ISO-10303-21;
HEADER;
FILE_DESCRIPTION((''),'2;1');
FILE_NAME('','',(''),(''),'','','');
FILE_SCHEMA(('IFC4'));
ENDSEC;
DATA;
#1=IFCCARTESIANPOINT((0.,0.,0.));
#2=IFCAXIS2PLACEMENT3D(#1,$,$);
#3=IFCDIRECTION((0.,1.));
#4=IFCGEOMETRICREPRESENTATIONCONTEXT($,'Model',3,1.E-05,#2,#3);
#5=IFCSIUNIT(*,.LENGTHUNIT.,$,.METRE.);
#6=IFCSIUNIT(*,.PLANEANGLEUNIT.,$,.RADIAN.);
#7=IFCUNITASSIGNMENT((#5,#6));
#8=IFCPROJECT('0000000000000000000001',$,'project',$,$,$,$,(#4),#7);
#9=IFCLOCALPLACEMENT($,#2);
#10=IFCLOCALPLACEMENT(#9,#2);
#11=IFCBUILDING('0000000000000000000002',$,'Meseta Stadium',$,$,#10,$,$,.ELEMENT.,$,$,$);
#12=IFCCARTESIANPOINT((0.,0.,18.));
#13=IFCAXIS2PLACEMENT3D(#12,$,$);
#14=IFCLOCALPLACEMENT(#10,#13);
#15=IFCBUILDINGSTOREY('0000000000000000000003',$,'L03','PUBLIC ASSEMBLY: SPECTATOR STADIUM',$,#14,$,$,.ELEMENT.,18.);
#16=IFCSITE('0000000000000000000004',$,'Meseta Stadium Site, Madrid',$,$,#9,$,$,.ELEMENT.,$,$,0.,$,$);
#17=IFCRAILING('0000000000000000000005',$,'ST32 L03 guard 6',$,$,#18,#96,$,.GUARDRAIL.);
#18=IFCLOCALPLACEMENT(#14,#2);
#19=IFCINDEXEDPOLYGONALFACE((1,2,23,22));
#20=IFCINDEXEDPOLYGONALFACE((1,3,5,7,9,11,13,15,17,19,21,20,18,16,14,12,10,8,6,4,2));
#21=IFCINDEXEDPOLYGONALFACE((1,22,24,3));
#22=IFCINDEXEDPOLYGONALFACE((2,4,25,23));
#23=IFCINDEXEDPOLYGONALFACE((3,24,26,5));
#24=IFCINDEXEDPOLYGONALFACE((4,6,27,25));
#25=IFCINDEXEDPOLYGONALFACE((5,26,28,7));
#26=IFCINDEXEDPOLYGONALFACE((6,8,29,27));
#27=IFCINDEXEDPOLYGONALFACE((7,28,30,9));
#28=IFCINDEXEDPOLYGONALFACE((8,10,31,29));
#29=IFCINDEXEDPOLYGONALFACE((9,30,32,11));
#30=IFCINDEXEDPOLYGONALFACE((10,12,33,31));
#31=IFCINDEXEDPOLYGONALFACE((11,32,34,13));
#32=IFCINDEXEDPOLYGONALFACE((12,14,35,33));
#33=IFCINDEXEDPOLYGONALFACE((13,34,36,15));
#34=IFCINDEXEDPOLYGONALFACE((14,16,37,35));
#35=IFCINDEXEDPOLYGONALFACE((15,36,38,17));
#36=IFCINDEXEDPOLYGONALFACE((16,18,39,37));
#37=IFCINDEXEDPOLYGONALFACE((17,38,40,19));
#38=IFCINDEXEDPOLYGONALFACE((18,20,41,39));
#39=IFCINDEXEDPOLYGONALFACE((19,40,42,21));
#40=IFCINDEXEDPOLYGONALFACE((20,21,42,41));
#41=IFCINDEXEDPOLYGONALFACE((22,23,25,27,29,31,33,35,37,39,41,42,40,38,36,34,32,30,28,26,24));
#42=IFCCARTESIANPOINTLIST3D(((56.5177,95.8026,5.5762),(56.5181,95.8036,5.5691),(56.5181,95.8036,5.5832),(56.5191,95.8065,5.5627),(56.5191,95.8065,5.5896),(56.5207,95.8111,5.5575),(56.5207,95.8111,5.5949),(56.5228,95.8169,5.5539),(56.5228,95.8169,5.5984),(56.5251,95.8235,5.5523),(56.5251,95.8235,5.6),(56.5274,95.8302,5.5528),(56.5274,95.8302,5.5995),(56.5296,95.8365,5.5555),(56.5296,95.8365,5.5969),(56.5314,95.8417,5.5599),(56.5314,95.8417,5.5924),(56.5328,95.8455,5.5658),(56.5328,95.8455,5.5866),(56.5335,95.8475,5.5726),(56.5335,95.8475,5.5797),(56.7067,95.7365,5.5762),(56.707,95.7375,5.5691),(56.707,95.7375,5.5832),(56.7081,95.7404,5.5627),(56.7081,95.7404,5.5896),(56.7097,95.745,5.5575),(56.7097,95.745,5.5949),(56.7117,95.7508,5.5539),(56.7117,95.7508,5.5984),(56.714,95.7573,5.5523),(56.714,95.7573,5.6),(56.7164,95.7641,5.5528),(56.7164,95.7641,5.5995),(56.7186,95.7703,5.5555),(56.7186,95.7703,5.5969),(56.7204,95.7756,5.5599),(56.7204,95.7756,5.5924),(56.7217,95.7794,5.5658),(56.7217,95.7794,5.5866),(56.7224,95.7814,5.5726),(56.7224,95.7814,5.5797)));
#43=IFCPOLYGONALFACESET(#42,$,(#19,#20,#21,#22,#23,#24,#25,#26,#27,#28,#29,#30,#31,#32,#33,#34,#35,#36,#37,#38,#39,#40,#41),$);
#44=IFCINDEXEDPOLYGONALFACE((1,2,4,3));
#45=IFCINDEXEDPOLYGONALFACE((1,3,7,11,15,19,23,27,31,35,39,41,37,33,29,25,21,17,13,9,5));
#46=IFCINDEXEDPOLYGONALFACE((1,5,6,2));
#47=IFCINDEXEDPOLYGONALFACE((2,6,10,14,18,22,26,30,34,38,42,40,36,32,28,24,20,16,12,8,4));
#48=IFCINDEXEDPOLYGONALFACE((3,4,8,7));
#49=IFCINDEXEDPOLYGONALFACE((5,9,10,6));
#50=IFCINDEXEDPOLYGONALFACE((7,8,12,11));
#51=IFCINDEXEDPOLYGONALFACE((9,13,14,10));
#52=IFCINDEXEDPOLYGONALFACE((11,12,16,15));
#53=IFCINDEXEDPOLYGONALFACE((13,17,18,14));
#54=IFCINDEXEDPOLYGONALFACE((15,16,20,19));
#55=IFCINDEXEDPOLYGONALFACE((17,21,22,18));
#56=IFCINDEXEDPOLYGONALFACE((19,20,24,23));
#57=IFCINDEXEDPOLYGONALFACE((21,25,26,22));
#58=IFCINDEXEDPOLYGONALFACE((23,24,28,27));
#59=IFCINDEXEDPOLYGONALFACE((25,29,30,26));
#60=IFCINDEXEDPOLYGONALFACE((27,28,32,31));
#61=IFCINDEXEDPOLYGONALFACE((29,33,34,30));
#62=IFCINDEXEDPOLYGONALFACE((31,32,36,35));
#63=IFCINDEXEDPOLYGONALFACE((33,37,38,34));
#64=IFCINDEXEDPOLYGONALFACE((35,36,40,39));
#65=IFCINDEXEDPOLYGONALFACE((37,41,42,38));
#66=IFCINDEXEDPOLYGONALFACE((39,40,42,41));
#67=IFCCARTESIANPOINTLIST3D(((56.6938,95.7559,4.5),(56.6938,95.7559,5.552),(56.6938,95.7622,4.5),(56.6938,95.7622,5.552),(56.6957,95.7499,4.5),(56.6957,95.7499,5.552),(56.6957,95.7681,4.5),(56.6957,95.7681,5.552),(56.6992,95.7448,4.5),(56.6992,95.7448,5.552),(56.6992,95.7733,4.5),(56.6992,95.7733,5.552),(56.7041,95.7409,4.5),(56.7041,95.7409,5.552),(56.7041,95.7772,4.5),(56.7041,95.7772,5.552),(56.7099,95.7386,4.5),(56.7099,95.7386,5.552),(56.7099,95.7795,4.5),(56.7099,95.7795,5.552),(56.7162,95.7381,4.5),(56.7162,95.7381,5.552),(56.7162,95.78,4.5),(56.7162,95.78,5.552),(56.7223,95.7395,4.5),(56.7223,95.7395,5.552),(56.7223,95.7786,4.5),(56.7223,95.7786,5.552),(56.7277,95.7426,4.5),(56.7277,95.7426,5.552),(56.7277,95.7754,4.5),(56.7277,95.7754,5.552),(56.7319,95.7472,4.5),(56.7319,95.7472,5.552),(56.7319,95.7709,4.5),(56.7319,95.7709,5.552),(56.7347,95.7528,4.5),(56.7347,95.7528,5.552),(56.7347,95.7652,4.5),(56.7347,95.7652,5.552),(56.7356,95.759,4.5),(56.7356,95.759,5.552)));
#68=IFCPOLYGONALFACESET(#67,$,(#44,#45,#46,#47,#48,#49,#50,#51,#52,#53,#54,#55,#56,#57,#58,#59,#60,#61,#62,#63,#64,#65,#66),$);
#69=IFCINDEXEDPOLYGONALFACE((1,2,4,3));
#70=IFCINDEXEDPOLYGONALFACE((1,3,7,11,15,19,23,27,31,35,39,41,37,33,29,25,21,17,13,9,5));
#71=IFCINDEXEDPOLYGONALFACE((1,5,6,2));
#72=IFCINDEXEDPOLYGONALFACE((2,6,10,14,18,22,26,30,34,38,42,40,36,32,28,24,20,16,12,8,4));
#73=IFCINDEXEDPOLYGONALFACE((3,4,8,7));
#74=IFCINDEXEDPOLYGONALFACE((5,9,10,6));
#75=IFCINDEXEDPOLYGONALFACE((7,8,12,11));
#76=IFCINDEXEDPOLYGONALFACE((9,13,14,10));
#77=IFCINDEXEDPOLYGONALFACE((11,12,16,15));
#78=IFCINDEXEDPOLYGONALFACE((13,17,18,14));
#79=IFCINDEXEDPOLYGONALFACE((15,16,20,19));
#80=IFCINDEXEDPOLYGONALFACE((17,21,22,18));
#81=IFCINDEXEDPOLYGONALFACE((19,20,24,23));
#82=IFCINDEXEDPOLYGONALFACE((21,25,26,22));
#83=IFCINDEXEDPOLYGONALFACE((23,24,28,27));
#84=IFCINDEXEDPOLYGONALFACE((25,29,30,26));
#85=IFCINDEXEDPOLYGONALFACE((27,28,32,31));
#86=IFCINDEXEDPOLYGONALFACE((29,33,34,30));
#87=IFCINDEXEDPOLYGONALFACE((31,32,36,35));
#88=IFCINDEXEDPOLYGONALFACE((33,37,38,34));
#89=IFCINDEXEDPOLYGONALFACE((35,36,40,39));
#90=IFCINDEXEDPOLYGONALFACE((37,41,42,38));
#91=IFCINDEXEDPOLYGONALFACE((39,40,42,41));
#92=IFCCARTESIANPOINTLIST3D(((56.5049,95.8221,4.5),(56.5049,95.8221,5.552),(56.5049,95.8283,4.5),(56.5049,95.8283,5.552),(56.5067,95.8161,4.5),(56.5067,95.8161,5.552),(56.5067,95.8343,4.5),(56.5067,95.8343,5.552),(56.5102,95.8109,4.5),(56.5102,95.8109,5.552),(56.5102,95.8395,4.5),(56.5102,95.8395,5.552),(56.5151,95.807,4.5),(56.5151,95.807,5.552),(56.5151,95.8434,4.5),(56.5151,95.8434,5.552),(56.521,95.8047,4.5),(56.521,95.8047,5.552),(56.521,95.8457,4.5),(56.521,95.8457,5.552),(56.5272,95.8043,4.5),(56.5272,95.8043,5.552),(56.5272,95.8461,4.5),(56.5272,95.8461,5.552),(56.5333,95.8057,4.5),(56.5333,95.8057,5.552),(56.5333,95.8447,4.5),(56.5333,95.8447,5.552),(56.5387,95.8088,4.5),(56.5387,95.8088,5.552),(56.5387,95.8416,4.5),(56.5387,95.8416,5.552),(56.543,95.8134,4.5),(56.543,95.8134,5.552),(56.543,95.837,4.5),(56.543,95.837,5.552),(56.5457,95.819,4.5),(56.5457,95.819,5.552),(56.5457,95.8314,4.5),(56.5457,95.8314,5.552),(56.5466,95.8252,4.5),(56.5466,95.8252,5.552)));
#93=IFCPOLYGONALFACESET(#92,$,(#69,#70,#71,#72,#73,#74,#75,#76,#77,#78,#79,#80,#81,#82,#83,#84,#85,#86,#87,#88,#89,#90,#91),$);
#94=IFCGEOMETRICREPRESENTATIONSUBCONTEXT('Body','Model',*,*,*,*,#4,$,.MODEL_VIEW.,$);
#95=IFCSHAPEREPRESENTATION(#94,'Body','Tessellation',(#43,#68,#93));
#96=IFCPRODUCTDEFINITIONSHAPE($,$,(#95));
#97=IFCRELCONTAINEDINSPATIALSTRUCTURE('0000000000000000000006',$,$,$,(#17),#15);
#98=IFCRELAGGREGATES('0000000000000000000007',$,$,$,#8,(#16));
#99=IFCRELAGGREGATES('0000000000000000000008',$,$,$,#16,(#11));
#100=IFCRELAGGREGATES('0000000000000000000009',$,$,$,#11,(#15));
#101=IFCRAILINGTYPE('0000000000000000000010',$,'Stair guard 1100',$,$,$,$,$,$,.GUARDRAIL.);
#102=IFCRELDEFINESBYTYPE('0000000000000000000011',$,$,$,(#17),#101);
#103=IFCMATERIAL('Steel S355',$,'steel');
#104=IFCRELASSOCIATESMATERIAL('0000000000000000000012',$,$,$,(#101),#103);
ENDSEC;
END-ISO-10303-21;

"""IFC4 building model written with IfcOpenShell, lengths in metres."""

from ifc_helpers import new_model, si_unit, direction, frame, origin, origin_2d, place, context, subcontext, project, spatial, circle, extrude, material, type_object, element, save


model = new_model("IFC4")

# Units and contexts
model_context = context("Model", 3, precision=1e-05, world=origin(), true_north=direction((0.0, 1.0)))
body_context = subcontext(model_context, "Body", "Model", "MODEL_VIEW")
ifc_project = project(units=[si_unit("LENGTHUNIT", "METRE"), si_unit("PLANEANGLEUNIT", "RADIAN")], contexts=[model_context])

# Site, building, storey
site_placement = place(None, origin())
site = spatial("IfcSite", under=ifc_project, at=site_placement, Name="Meseta Stadium Site, Madrid", CompositionType="ELEMENT", RefElevation=0.0)
building_placement = place(site_placement, origin())
building = spatial("IfcBuilding", under=site, at=building_placement, Name="Meseta Stadium", CompositionType="ELEMENT")
storey_placement = place(building_placement, frame((0.0, 0.0, 18.0)))
storey = spatial("IfcBuildingStorey", under=building, at=storey_placement, Name="L03", Description="PUBLIC ASSEMBLY: SPECTATOR STADIUM", CompositionType="ELEMENT", Elevation=18.0)

# Railing
ifc_material_1 = material(Name="Steel S355", Category="steel")
railing_type_1 = type_object("IfcRailingType", Name="Stair guard 1100", PredefinedType="GUARDRAIL", material=ifc_material_1)
railing_1_placement = place(storey_placement, frame((56.7146, 95.759, 4.5)))
element("IfcRailing", 1, at=railing_1_placement, inside=storey, type_object=railing_type_1, Name="ST32 L03 guard 6", PredefinedType="GUARDRAIL", context=body_context, shape_type="SweptSolid", body=[
    extrude(circle(Radius=0.0239, at=origin_2d()), frame((0.0, 0.0, 1.0762), z_axis=(-0.94382, 0.330459, 0.0), x_axis=(-0.330459, -0.94382, 0.0)), (0.0, 0.0, 1.0), 0.2002),
    extrude(circle(Radius=0.021, at=origin_2d()), origin(), (0.0, 0.0, 1.0), 1.052),
    extrude(circle(Radius=0.021, at=origin_2d()), frame((-0.189, 0.0662, 0.0)), (0.0, 0.0, 1.0), 1.052),
])

save(model, "model.ifc")
